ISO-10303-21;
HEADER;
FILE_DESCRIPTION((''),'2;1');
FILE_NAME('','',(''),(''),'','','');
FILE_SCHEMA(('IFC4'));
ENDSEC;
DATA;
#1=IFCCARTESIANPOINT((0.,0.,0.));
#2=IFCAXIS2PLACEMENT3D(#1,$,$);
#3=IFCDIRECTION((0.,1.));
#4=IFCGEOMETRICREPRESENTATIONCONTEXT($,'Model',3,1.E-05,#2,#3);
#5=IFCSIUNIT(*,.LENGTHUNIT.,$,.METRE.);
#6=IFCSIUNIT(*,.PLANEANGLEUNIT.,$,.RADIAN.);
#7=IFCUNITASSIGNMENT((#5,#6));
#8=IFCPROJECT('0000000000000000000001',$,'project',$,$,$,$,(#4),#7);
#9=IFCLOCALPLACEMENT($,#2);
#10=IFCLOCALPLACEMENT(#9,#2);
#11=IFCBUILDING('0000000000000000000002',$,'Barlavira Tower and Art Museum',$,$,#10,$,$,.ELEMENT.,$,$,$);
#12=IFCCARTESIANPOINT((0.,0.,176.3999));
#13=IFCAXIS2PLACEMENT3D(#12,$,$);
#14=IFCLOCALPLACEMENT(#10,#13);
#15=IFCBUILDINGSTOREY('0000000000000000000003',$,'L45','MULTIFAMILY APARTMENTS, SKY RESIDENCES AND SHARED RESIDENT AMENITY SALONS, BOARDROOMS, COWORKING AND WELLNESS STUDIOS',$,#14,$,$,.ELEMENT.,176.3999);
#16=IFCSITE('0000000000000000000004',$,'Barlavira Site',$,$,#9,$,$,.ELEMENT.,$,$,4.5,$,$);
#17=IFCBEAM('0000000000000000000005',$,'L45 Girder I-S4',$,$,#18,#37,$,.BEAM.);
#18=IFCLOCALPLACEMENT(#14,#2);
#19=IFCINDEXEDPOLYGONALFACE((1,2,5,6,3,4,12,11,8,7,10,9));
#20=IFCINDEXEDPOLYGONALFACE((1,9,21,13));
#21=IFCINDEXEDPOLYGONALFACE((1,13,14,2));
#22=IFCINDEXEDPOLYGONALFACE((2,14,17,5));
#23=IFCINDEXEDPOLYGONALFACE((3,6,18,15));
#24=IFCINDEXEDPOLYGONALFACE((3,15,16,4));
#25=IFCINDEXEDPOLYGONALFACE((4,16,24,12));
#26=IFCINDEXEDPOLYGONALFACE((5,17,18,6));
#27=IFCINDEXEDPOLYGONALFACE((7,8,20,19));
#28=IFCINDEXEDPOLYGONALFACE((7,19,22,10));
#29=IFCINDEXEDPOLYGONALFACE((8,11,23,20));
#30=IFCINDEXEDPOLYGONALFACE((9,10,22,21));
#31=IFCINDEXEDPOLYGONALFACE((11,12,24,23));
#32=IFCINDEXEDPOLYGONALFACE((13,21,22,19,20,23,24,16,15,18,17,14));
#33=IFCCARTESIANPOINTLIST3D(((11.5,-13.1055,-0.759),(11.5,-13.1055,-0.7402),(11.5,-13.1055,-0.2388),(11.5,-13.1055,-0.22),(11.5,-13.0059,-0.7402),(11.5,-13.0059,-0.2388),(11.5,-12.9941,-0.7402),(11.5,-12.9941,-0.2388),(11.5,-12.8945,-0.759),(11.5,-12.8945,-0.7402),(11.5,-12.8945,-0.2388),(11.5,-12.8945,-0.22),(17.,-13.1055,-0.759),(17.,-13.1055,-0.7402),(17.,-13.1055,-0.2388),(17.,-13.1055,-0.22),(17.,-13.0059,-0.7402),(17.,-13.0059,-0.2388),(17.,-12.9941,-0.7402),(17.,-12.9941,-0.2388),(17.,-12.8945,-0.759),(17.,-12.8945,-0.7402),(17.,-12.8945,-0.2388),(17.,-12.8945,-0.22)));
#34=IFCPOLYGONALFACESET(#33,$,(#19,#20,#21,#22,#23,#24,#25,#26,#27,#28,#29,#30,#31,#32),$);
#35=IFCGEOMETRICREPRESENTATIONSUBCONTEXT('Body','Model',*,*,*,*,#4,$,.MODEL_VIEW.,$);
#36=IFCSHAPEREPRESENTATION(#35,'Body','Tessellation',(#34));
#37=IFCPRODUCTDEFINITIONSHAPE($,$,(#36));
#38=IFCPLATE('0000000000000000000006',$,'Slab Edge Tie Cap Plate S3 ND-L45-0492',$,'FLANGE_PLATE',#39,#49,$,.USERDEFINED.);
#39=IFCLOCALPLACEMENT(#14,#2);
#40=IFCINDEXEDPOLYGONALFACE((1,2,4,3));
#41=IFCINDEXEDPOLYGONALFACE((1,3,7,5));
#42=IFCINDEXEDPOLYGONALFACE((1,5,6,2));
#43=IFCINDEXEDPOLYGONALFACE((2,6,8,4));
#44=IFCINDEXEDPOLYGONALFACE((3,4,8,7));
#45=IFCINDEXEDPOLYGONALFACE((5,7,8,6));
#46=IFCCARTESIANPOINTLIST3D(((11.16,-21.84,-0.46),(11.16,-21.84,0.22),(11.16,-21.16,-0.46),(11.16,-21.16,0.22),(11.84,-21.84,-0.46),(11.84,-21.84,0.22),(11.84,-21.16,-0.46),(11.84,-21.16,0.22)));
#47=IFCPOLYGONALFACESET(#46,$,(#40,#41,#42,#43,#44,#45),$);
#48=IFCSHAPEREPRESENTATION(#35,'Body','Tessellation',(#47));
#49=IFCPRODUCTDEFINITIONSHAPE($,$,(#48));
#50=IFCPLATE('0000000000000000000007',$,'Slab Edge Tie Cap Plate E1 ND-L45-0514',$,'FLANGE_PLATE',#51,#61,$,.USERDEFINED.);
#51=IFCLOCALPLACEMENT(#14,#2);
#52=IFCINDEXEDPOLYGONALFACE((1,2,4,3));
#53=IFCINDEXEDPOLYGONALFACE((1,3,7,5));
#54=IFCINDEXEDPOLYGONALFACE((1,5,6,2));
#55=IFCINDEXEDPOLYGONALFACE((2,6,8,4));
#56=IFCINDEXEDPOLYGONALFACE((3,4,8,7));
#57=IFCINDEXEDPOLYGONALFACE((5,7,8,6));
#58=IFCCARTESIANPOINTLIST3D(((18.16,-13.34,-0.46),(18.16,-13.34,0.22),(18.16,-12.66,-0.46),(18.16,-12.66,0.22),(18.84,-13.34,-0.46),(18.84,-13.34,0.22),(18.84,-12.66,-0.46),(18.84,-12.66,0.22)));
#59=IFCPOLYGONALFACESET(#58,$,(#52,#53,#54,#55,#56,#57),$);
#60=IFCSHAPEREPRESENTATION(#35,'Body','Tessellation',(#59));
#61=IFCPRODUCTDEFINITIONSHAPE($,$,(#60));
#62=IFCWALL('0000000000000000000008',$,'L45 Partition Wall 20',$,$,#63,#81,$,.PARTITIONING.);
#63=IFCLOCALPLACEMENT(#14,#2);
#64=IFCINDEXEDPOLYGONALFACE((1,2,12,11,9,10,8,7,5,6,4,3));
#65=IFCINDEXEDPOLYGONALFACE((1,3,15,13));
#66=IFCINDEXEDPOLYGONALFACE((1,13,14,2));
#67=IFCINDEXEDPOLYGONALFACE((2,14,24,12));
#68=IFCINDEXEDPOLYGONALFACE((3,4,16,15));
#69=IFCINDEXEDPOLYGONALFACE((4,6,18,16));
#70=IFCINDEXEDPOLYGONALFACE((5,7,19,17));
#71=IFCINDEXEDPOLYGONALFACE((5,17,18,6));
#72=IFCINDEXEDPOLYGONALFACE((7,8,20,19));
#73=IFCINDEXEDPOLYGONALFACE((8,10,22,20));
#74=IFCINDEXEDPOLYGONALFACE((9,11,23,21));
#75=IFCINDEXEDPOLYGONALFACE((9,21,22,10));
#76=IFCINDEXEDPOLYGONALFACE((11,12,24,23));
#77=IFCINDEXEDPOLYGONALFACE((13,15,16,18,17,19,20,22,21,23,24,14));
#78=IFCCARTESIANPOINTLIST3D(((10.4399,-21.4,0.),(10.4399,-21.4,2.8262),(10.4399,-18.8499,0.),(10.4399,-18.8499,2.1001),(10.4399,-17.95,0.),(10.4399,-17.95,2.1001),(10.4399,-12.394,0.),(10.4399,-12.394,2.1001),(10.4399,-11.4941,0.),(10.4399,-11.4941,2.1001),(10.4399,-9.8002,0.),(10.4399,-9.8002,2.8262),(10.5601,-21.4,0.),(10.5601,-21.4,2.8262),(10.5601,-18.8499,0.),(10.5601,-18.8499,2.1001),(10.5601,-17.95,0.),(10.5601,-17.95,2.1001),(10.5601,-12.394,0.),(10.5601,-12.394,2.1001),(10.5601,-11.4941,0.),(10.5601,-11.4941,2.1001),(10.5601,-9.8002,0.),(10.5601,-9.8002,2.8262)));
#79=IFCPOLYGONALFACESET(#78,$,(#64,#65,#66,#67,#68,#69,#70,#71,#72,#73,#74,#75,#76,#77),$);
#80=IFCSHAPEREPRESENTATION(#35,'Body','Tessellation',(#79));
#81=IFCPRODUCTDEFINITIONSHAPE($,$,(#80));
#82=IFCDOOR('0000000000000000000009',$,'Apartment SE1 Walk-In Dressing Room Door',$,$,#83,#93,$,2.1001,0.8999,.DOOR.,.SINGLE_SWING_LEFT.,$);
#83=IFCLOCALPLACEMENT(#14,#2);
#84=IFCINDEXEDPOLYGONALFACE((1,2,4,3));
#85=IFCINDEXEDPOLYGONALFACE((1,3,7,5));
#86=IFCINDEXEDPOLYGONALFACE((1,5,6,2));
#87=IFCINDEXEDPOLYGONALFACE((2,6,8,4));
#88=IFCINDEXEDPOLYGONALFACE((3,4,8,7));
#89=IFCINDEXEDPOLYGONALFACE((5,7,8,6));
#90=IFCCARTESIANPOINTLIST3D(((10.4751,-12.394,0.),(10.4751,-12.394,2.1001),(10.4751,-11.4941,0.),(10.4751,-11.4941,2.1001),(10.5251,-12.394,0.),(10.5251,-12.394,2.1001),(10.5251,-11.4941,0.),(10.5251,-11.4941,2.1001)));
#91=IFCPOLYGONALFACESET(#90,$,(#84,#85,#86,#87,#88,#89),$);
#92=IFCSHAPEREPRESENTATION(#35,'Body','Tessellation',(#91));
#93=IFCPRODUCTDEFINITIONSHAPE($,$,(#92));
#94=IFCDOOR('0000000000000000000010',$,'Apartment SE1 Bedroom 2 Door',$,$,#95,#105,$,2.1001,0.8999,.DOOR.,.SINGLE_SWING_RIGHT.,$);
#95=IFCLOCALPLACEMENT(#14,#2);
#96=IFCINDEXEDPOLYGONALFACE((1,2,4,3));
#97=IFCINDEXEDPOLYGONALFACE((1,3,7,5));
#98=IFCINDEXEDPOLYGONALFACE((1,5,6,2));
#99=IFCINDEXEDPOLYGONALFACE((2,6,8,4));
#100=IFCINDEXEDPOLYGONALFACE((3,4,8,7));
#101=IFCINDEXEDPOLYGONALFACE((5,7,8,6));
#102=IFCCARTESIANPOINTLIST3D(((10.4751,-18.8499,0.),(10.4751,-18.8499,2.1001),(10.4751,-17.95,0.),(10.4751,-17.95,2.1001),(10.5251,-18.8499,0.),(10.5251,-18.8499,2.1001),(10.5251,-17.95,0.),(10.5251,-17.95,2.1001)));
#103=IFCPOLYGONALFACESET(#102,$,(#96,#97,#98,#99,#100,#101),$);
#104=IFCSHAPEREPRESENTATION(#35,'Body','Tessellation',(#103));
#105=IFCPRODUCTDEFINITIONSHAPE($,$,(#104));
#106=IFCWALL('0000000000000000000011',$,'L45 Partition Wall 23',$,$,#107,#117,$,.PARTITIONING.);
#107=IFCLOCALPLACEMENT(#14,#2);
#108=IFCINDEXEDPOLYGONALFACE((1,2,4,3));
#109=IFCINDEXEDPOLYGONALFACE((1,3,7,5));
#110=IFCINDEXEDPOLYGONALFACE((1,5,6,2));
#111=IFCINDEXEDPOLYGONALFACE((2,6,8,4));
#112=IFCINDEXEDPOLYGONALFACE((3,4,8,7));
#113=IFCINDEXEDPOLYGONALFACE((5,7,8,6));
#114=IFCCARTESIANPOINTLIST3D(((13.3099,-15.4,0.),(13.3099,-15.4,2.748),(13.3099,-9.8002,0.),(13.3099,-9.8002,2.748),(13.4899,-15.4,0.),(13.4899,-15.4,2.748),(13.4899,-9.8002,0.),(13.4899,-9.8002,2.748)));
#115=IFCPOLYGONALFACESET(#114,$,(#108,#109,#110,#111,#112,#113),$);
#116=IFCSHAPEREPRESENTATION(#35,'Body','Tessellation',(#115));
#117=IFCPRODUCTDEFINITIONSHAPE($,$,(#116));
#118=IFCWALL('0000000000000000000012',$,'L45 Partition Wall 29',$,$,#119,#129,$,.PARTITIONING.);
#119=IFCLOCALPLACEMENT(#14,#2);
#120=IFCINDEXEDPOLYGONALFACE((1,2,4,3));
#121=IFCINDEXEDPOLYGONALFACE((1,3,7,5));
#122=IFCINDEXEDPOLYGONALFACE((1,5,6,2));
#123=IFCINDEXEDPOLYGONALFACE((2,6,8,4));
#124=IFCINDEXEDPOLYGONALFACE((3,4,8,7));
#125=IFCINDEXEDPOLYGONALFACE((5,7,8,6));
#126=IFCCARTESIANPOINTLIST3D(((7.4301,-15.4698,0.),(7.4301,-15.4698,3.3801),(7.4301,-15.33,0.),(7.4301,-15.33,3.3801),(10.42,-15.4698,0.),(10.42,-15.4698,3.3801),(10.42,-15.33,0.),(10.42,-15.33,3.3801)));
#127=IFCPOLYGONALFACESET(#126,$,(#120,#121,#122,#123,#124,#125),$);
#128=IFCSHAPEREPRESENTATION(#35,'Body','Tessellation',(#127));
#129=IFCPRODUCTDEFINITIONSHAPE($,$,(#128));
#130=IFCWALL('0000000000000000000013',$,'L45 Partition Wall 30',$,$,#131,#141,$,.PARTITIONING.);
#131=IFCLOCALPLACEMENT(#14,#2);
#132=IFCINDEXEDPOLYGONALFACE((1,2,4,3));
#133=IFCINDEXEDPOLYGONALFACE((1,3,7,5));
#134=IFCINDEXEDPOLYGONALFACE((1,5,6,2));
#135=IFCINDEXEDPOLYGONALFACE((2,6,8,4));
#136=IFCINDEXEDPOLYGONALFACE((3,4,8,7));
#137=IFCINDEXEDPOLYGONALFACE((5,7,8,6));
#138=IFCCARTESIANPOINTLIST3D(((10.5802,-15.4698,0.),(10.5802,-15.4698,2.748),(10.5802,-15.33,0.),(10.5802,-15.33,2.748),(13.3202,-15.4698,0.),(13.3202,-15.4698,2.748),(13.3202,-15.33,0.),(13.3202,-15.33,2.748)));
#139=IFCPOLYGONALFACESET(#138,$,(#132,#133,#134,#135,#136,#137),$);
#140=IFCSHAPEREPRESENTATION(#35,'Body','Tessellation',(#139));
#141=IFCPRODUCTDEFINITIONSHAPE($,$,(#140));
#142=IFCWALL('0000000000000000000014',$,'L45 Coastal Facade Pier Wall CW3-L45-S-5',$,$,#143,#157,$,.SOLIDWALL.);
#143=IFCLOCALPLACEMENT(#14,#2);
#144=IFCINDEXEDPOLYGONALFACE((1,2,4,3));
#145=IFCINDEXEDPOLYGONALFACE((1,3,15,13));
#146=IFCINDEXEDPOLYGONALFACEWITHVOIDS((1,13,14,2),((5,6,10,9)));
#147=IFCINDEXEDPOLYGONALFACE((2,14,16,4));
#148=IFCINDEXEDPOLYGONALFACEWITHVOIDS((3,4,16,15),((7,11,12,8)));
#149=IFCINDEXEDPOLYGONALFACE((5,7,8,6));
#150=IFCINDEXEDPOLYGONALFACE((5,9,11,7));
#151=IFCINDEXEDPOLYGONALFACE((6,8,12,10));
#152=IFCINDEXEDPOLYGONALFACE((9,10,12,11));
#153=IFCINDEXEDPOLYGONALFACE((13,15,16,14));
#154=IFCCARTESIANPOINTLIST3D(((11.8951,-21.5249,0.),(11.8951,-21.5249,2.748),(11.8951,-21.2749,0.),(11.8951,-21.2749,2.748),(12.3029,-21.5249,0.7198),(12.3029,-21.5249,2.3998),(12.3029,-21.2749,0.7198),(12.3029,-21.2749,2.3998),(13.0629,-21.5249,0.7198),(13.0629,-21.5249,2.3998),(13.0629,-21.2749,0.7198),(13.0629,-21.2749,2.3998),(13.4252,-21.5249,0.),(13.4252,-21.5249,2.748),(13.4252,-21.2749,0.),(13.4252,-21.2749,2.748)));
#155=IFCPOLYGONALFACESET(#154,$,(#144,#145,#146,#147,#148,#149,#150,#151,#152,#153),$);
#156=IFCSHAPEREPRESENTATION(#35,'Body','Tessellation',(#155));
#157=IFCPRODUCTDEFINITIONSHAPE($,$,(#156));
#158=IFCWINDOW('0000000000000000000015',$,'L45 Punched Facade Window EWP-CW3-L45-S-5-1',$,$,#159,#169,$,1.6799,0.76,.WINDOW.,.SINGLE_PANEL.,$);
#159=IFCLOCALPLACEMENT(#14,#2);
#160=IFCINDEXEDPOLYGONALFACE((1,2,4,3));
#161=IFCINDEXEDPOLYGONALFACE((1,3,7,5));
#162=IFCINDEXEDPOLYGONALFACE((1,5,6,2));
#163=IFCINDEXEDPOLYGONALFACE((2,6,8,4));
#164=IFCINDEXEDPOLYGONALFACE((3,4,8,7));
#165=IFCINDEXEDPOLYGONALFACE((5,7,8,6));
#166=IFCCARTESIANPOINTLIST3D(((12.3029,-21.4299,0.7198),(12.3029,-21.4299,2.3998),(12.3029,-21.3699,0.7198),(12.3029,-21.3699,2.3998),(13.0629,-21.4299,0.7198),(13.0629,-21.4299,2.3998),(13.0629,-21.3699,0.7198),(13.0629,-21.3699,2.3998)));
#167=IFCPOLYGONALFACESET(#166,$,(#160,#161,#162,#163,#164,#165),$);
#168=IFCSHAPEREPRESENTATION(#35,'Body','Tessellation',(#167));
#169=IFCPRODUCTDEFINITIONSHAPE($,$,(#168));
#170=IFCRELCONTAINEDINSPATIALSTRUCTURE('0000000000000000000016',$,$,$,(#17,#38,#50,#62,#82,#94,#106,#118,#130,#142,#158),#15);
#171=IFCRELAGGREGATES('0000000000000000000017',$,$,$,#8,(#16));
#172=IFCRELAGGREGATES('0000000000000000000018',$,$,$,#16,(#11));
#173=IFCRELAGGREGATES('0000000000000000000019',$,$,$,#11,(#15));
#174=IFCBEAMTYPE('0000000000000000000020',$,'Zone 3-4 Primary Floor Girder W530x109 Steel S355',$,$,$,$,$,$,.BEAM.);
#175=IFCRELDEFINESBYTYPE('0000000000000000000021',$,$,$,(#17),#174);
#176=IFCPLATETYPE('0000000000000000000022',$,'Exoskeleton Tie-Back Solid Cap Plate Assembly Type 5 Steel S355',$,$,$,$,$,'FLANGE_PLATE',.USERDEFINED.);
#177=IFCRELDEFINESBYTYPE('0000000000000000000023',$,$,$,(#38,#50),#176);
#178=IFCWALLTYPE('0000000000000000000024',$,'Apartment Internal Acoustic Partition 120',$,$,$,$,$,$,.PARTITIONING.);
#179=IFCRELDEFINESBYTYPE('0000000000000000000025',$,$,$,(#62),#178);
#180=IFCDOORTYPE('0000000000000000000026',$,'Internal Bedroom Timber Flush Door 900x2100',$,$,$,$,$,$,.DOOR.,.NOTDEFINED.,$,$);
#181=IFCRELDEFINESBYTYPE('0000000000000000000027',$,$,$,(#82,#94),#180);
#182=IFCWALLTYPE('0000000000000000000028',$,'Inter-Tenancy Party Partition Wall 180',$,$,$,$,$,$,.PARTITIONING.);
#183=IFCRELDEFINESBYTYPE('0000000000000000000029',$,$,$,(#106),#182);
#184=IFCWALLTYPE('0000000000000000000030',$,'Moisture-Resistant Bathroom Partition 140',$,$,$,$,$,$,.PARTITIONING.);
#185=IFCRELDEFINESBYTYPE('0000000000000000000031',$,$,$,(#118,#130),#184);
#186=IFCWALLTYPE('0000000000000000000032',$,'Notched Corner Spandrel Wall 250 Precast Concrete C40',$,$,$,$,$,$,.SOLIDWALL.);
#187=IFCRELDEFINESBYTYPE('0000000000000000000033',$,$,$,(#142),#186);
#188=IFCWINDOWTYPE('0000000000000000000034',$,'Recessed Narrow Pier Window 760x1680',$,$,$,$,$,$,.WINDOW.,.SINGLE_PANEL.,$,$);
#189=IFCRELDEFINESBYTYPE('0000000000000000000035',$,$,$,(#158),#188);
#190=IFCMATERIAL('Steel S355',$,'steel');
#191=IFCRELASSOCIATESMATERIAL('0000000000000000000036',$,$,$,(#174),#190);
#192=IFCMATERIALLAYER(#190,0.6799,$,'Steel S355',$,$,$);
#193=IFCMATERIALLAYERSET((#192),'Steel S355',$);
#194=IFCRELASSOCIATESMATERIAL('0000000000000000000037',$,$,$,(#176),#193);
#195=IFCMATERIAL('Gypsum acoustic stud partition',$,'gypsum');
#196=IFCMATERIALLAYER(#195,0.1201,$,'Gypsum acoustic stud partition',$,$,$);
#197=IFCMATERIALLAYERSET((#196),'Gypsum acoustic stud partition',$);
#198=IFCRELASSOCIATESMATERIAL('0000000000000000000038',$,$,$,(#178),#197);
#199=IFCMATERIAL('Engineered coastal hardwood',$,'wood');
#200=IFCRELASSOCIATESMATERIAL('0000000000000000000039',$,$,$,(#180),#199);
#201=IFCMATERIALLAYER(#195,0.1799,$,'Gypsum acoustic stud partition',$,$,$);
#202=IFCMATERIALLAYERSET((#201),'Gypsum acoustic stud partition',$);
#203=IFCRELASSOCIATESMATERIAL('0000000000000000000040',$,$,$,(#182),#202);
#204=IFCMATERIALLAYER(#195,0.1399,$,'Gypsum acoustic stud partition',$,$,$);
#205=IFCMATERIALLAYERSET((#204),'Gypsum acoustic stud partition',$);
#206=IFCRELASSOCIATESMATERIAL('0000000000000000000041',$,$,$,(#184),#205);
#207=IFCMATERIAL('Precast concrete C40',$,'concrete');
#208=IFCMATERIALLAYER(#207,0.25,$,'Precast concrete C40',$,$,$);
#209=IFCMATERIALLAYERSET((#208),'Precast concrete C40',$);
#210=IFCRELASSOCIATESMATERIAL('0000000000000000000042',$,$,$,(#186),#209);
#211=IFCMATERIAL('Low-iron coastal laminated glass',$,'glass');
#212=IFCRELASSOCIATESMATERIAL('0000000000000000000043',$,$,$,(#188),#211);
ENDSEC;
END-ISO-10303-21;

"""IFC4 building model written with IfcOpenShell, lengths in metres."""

from ifc_helpers import new_model, si_unit, direction, frame, frame_2d, origin, origin_2d, place, context, subcontext, project, spatial, rectangle, i_section, extrude, material, layer, layer_set, material_profile, profile_set, type_object, element, fill, save


model = new_model("IFC4")

# Units and contexts
model_context = context("Model", 3, precision=1e-05, world=origin(), true_north=direction((0.0, 1.0)))
body_context = subcontext(model_context, "Body", "Model", "MODEL_VIEW")
ifc_project = project(units=[si_unit("LENGTHUNIT", "METRE"), si_unit("PLANEANGLEUNIT", "RADIAN")], contexts=[model_context])

# Site, building, storey
site_placement = place(None, origin())
site = spatial("IfcSite", under=ifc_project, at=site_placement, Name="Barlavira Site", CompositionType="ELEMENT", RefElevation=4.5)
building_placement = place(site_placement, origin())
building = spatial("IfcBuilding", under=site, at=building_placement, Name="Barlavira Tower and Art Museum", CompositionType="ELEMENT")
storey_placement = place(building_placement, frame((0.0, 0.0, 176.3999)))
storey = spatial("IfcBuildingStorey", under=building, at=storey_placement, Name="L45", Description="MULTIFAMILY APARTMENTS, SKY RESIDENCES AND SHARED RESIDENT AMENITY SALONS, BOARDROOMS, COWORKING AND WELLNESS STUDIOS", CompositionType="ELEMENT", Elevation=176.3999)

# Shared definitions
ifc_material_1 = material(Name="Steel S355", Category="steel")

# Beam
ifc_material_profile_1 = material_profile(ifc_material_1, i_section(OverallWidth=0.2109, OverallDepth=0.5391, WebThickness=0.0117, FlangeThickness=0.0188, at=origin_2d()), Name="W530x109.0")
ifc_profile_set_1 = profile_set([ifc_material_profile_1], Name="Steel S355")
beam_type_1 = type_object("IfcBeamType", Name="Zone 3-4 Primary Floor Girder W530x109 Steel S355", PredefinedType="BEAM", material=ifc_profile_set_1)
for number, where, z_axis, x_axis, name in (
    (1, (11.5, -13.0, -0.4895), (1.0, 0.0, 0.0), (0.0, 1.0, 0.0), "L45 Girder I-S4"),
):
    element("IfcBeam", number, at=place(storey_placement, frame(where, z_axis=z_axis, x_axis=x_axis)), inside=storey, type_object=beam_type_1, Name=name, PredefinedType="BEAM", context=body_context, shape_type="SweptSolid", body=[
        extrude(i_section(OverallWidth=0.2109, OverallDepth=0.5391, WebThickness=0.0117, FlangeThickness=0.0188, at=origin_2d()), origin(), (0.0, 0.0, 1.0), 5.5),
    ])

# Plates
ifc_layer_1 = layer(ifc_material_1, 0.6799, Name="Steel S355")
ifc_layer_set_1 = layer_set([ifc_layer_1], Name="Steel S355")
plate_type = type_object("IfcPlateType", Name="Exoskeleton Tie-Back Solid Cap Plate Assembly Type 5 Steel S355", ElementType="FLANGE_PLATE", PredefinedType="USERDEFINED", material=ifc_layer_set_1)
for number, where, z_axis, x_axis, name in (
    (2, (11.5, -21.5, -0.46), (0.0, 0.0, 1.0), (1.0, 0.0, 0.0), "Slab Edge Tie Cap Plate S3 ND-L45-0492"),
    (3, (18.5, -13.0, -0.46), (0.0, 0.0, 1.0), (1.0, 0.0, 0.0), "Slab Edge Tie Cap Plate E1 ND-L45-0514"),
):
    element("IfcPlate", number, at=place(storey_placement, frame(where, z_axis=z_axis, x_axis=x_axis)), inside=storey, type_object=plate_type, Name=name, ObjectType="FLANGE_PLATE", PredefinedType="USERDEFINED", context=body_context, shape_type="SweptSolid", body=[
        extrude(rectangle(XDim=0.6799, YDim=0.6799, at=origin_2d()), origin(), (0.0, 0.0, 1.0), 0.6799),
    ])

# Wall, openings, doors
ifc_material_2 = material(Name="Gypsum acoustic stud partition", Category="gypsum")
ifc_layer_2 = layer(ifc_material_2, 0.1201, Name="Gypsum acoustic stud partition")
ifc_layer_set_2 = layer_set([ifc_layer_2], Name="Gypsum acoustic stud partition")
wall_type_1 = type_object("IfcWallType", Name="Apartment Internal Acoustic Partition 120", PredefinedType="PARTITIONING", material=ifc_layer_set_2)
wall_1_placement = place(storey_placement, frame((10.5, -21.3999, 0.0), z_axis=(0.0, 0.0, 1.0), x_axis=(0.0, 1.0, 0.0)))
wall_1 = element("IfcWall", 4, at=wall_1_placement, inside=storey, type_object=wall_type_1, Name="L45 Partition Wall 20", PredefinedType="PARTITIONING", context=body_context, shape_type="SweptSolid", body=[
    extrude(rectangle(XDim=11.5999, YDim=0.1201, at=frame_2d((5.7998, 0.0))), origin(), (0.0, 0.0, 1.0), 2.8262),
])
opening_1_placement = place(wall_1_placement, frame((9.0059, 0.0, 0.0)))
opening_1 = element("IfcOpeningElement", 5, at=opening_1_placement, cuts=wall_1, PredefinedType="OPENING", context=body_context, shape_type="SweptSolid", body=[
    extrude(rectangle(XDim=0.8999, YDim=2.1001, at=frame_2d((0.45, 1.05))), frame((0.0, 0.0701, 0.0), z_axis=(0.0, -1.0, 0.0), x_axis=(1.0, 0.0, 0.0)), (0.0, 0.0, 1.0), 0.1401),
])
opening_2_placement = place(wall_1_placement, frame((2.55, 0.0, 0.0)))
opening_2 = element("IfcOpeningElement", 6, at=opening_2_placement, cuts=wall_1, PredefinedType="OPENING", context=body_context, shape_type="SweptSolid", body=[
    extrude(rectangle(XDim=0.8999, YDim=2.1001, at=frame_2d((0.45, 1.05))), frame((0.0, 0.0701, 0.0), z_axis=(0.0, -1.0, 0.0), x_axis=(1.0, 0.0, 0.0)), (0.0, 0.0, 1.0), 0.1401),
])
ifc_material_3 = material(Name="Engineered coastal hardwood", Category="wood")
door_type = type_object("IfcDoorType", Name="Internal Bedroom Timber Flush Door 900x2100", OperationType="NOTDEFINED", PredefinedType="DOOR", material=ifc_material_3)
door_1_placement = place(opening_1_placement, origin())
door_1 = element("IfcDoor", 7, at=door_1_placement, inside=storey, type_object=door_type, Name="Apartment SE1 Walk-In Dressing Room Door", OperationType="SINGLE_SWING_LEFT", OverallHeight=2.1001, OverallWidth=0.8999, PredefinedType="DOOR", context=body_context, shape_type="SweptSolid", body=[
    extrude(rectangle(XDim=0.8999, YDim=2.1001, at=frame_2d((0.45, 1.05))), frame((0.0, 0.0249, 0.0), z_axis=(0.0, -1.0, 0.0), x_axis=(1.0, 0.0, 0.0)), (0.0, 0.0, 1.0), 0.05),
])
fill(opening_1, door_1)
door_2_placement = place(opening_2_placement, origin())
door_2 = element("IfcDoor", 8, at=door_2_placement, inside=storey, type_object=door_type, Name="Apartment SE1 Bedroom 2 Door", OperationType="SINGLE_SWING_RIGHT", OverallHeight=2.1001, OverallWidth=0.8999, PredefinedType="DOOR", context=body_context, shape_type="SweptSolid", body=[
    extrude(rectangle(XDim=0.8999, YDim=2.1001, at=frame_2d((0.45, 1.05))), frame((0.0, 0.0249, 0.0), z_axis=(0.0, -1.0, 0.0), x_axis=(1.0, 0.0, 0.0)), (0.0, 0.0, 1.0), 0.05),
])
fill(opening_2, door_2)

# Walls
ifc_layer_3 = layer(ifc_material_2, 0.1799, Name="Gypsum acoustic stud partition")
ifc_layer_set_3 = layer_set([ifc_layer_3], Name="Gypsum acoustic stud partition")
wall_type_2 = type_object("IfcWallType", Name="Inter-Tenancy Party Partition Wall 180", PredefinedType="PARTITIONING", material=ifc_layer_set_3)
wall_2_placement = place(storey_placement, frame((13.3999, -15.3999, 0.0), z_axis=(0.0, 0.0, 1.0), x_axis=(0.0, 1.0, 0.0)))
element("IfcWall", 9, at=wall_2_placement, inside=storey, type_object=wall_type_2, Name="L45 Partition Wall 23", PredefinedType="PARTITIONING", context=body_context, shape_type="SweptSolid", body=[
    extrude(rectangle(XDim=5.5999, YDim=0.1799, at=frame_2d((2.7998, 0.0))), origin(), (0.0, 0.0, 1.0), 2.748),
])
ifc_layer_4 = layer(ifc_material_2, 0.1399, Name="Gypsum acoustic stud partition")
ifc_layer_set_4 = layer_set([ifc_layer_4], Name="Gypsum acoustic stud partition")
wall_type_3 = type_object("IfcWallType", Name="Moisture-Resistant Bathroom Partition 140", PredefinedType="PARTITIONING", material=ifc_layer_set_4)
wall_3_placement = place(storey_placement, frame((7.4299, -15.3999, 0.0), z_axis=(0.0, 0.0, 1.0), x_axis=(1.0, 0.0, 0.0)))
element("IfcWall", 10, at=wall_3_placement, inside=storey, type_object=wall_type_3, Name="L45 Partition Wall 29", PredefinedType="PARTITIONING", context=body_context, shape_type="SweptSolid", body=[
    extrude(rectangle(XDim=2.99, YDim=0.1399, at=frame_2d((1.4951, 0.0))), origin(), (0.0, 0.0, 1.0), 3.3801),
])
wall_4_placement = place(storey_placement, frame((10.5801, -15.3999, 0.0), z_axis=(0.0, 0.0, 1.0), x_axis=(1.0, 0.0, 0.0)))
element("IfcWall", 11, at=wall_4_placement, inside=storey, type_object=wall_type_3, Name="L45 Partition Wall 30", PredefinedType="PARTITIONING", context=body_context, shape_type="SweptSolid", body=[
    extrude(rectangle(XDim=2.74, YDim=0.1399, at=frame_2d((1.3701, 0.0))), origin(), (0.0, 0.0, 1.0), 2.748),
])

# Wall, opening, window
ifc_material_4 = material(Name="Precast concrete C40", Category="concrete")
ifc_layer_5 = layer(ifc_material_4, 0.25, Name="Precast concrete C40")
ifc_layer_set_5 = layer_set([ifc_layer_5], Name="Precast concrete C40")
wall_type_4 = type_object("IfcWallType", Name="Notched Corner Spandrel Wall 250 Precast Concrete C40", PredefinedType="SOLIDWALL", material=ifc_layer_set_5)
wall_5_placement = place(storey_placement, frame((11.895, -21.3999, 0.0), z_axis=(0.0, 0.0, 1.0), x_axis=(1.0, 0.0, 0.0)))
wall_5 = element("IfcWall", 12, at=wall_5_placement, inside=storey, type_object=wall_type_4, Name="L45 Coastal Facade Pier Wall CW3-L45-S-5", PredefinedType="SOLIDWALL", context=body_context, shape_type="SweptSolid", body=[
    extrude(rectangle(XDim=1.53, YDim=0.25, at=frame_2d((0.7651, 0.0))), origin(), (0.0, 0.0, 1.0), 2.748),
])
opening_3_placement = place(wall_5_placement, frame((0.408, 0.0, 0.72)))
opening_3 = element("IfcOpeningElement", 13, at=opening_3_placement, cuts=wall_5, PredefinedType="OPENING", context=body_context, shape_type="SweptSolid", body=[
    extrude(rectangle(XDim=0.76, YDim=1.6799, at=frame_2d((0.3799, 0.8398))), frame((0.0, 0.135, 0.0), z_axis=(0.0, -1.0, 0.0), x_axis=(1.0, 0.0, 0.0)), (0.0, 0.0, 1.0), 0.27),
])
ifc_material_5 = material(Name="Low-iron coastal laminated glass", Category="glass")
window_type_1 = type_object("IfcWindowType", Name="Recessed Narrow Pier Window 760x1680", PartitioningType="SINGLE_PANEL", PredefinedType="WINDOW", material=ifc_material_5)
window_1_placement = place(opening_3_placement, origin())
window_1 = element("IfcWindow", 14, at=window_1_placement, inside=storey, type_object=window_type_1, Name="L45 Punched Facade Window EWP-CW3-L45-S-5-1", OverallHeight=1.6799, OverallWidth=0.76, PartitioningType="SINGLE_PANEL", PredefinedType="WINDOW", context=body_context, shape_type="SweptSolid", body=[
    extrude(rectangle(XDim=0.76, YDim=1.6799, at=frame_2d((0.3799, 0.8398))), frame((0.0, 0.03, 0.0), z_axis=(0.0, -1.0, 0.0), x_axis=(1.0, 0.0, 0.0)), (0.0, 0.0, 1.0), 0.0601),
])
fill(opening_3, window_1)

save(model, "model.ifc")
